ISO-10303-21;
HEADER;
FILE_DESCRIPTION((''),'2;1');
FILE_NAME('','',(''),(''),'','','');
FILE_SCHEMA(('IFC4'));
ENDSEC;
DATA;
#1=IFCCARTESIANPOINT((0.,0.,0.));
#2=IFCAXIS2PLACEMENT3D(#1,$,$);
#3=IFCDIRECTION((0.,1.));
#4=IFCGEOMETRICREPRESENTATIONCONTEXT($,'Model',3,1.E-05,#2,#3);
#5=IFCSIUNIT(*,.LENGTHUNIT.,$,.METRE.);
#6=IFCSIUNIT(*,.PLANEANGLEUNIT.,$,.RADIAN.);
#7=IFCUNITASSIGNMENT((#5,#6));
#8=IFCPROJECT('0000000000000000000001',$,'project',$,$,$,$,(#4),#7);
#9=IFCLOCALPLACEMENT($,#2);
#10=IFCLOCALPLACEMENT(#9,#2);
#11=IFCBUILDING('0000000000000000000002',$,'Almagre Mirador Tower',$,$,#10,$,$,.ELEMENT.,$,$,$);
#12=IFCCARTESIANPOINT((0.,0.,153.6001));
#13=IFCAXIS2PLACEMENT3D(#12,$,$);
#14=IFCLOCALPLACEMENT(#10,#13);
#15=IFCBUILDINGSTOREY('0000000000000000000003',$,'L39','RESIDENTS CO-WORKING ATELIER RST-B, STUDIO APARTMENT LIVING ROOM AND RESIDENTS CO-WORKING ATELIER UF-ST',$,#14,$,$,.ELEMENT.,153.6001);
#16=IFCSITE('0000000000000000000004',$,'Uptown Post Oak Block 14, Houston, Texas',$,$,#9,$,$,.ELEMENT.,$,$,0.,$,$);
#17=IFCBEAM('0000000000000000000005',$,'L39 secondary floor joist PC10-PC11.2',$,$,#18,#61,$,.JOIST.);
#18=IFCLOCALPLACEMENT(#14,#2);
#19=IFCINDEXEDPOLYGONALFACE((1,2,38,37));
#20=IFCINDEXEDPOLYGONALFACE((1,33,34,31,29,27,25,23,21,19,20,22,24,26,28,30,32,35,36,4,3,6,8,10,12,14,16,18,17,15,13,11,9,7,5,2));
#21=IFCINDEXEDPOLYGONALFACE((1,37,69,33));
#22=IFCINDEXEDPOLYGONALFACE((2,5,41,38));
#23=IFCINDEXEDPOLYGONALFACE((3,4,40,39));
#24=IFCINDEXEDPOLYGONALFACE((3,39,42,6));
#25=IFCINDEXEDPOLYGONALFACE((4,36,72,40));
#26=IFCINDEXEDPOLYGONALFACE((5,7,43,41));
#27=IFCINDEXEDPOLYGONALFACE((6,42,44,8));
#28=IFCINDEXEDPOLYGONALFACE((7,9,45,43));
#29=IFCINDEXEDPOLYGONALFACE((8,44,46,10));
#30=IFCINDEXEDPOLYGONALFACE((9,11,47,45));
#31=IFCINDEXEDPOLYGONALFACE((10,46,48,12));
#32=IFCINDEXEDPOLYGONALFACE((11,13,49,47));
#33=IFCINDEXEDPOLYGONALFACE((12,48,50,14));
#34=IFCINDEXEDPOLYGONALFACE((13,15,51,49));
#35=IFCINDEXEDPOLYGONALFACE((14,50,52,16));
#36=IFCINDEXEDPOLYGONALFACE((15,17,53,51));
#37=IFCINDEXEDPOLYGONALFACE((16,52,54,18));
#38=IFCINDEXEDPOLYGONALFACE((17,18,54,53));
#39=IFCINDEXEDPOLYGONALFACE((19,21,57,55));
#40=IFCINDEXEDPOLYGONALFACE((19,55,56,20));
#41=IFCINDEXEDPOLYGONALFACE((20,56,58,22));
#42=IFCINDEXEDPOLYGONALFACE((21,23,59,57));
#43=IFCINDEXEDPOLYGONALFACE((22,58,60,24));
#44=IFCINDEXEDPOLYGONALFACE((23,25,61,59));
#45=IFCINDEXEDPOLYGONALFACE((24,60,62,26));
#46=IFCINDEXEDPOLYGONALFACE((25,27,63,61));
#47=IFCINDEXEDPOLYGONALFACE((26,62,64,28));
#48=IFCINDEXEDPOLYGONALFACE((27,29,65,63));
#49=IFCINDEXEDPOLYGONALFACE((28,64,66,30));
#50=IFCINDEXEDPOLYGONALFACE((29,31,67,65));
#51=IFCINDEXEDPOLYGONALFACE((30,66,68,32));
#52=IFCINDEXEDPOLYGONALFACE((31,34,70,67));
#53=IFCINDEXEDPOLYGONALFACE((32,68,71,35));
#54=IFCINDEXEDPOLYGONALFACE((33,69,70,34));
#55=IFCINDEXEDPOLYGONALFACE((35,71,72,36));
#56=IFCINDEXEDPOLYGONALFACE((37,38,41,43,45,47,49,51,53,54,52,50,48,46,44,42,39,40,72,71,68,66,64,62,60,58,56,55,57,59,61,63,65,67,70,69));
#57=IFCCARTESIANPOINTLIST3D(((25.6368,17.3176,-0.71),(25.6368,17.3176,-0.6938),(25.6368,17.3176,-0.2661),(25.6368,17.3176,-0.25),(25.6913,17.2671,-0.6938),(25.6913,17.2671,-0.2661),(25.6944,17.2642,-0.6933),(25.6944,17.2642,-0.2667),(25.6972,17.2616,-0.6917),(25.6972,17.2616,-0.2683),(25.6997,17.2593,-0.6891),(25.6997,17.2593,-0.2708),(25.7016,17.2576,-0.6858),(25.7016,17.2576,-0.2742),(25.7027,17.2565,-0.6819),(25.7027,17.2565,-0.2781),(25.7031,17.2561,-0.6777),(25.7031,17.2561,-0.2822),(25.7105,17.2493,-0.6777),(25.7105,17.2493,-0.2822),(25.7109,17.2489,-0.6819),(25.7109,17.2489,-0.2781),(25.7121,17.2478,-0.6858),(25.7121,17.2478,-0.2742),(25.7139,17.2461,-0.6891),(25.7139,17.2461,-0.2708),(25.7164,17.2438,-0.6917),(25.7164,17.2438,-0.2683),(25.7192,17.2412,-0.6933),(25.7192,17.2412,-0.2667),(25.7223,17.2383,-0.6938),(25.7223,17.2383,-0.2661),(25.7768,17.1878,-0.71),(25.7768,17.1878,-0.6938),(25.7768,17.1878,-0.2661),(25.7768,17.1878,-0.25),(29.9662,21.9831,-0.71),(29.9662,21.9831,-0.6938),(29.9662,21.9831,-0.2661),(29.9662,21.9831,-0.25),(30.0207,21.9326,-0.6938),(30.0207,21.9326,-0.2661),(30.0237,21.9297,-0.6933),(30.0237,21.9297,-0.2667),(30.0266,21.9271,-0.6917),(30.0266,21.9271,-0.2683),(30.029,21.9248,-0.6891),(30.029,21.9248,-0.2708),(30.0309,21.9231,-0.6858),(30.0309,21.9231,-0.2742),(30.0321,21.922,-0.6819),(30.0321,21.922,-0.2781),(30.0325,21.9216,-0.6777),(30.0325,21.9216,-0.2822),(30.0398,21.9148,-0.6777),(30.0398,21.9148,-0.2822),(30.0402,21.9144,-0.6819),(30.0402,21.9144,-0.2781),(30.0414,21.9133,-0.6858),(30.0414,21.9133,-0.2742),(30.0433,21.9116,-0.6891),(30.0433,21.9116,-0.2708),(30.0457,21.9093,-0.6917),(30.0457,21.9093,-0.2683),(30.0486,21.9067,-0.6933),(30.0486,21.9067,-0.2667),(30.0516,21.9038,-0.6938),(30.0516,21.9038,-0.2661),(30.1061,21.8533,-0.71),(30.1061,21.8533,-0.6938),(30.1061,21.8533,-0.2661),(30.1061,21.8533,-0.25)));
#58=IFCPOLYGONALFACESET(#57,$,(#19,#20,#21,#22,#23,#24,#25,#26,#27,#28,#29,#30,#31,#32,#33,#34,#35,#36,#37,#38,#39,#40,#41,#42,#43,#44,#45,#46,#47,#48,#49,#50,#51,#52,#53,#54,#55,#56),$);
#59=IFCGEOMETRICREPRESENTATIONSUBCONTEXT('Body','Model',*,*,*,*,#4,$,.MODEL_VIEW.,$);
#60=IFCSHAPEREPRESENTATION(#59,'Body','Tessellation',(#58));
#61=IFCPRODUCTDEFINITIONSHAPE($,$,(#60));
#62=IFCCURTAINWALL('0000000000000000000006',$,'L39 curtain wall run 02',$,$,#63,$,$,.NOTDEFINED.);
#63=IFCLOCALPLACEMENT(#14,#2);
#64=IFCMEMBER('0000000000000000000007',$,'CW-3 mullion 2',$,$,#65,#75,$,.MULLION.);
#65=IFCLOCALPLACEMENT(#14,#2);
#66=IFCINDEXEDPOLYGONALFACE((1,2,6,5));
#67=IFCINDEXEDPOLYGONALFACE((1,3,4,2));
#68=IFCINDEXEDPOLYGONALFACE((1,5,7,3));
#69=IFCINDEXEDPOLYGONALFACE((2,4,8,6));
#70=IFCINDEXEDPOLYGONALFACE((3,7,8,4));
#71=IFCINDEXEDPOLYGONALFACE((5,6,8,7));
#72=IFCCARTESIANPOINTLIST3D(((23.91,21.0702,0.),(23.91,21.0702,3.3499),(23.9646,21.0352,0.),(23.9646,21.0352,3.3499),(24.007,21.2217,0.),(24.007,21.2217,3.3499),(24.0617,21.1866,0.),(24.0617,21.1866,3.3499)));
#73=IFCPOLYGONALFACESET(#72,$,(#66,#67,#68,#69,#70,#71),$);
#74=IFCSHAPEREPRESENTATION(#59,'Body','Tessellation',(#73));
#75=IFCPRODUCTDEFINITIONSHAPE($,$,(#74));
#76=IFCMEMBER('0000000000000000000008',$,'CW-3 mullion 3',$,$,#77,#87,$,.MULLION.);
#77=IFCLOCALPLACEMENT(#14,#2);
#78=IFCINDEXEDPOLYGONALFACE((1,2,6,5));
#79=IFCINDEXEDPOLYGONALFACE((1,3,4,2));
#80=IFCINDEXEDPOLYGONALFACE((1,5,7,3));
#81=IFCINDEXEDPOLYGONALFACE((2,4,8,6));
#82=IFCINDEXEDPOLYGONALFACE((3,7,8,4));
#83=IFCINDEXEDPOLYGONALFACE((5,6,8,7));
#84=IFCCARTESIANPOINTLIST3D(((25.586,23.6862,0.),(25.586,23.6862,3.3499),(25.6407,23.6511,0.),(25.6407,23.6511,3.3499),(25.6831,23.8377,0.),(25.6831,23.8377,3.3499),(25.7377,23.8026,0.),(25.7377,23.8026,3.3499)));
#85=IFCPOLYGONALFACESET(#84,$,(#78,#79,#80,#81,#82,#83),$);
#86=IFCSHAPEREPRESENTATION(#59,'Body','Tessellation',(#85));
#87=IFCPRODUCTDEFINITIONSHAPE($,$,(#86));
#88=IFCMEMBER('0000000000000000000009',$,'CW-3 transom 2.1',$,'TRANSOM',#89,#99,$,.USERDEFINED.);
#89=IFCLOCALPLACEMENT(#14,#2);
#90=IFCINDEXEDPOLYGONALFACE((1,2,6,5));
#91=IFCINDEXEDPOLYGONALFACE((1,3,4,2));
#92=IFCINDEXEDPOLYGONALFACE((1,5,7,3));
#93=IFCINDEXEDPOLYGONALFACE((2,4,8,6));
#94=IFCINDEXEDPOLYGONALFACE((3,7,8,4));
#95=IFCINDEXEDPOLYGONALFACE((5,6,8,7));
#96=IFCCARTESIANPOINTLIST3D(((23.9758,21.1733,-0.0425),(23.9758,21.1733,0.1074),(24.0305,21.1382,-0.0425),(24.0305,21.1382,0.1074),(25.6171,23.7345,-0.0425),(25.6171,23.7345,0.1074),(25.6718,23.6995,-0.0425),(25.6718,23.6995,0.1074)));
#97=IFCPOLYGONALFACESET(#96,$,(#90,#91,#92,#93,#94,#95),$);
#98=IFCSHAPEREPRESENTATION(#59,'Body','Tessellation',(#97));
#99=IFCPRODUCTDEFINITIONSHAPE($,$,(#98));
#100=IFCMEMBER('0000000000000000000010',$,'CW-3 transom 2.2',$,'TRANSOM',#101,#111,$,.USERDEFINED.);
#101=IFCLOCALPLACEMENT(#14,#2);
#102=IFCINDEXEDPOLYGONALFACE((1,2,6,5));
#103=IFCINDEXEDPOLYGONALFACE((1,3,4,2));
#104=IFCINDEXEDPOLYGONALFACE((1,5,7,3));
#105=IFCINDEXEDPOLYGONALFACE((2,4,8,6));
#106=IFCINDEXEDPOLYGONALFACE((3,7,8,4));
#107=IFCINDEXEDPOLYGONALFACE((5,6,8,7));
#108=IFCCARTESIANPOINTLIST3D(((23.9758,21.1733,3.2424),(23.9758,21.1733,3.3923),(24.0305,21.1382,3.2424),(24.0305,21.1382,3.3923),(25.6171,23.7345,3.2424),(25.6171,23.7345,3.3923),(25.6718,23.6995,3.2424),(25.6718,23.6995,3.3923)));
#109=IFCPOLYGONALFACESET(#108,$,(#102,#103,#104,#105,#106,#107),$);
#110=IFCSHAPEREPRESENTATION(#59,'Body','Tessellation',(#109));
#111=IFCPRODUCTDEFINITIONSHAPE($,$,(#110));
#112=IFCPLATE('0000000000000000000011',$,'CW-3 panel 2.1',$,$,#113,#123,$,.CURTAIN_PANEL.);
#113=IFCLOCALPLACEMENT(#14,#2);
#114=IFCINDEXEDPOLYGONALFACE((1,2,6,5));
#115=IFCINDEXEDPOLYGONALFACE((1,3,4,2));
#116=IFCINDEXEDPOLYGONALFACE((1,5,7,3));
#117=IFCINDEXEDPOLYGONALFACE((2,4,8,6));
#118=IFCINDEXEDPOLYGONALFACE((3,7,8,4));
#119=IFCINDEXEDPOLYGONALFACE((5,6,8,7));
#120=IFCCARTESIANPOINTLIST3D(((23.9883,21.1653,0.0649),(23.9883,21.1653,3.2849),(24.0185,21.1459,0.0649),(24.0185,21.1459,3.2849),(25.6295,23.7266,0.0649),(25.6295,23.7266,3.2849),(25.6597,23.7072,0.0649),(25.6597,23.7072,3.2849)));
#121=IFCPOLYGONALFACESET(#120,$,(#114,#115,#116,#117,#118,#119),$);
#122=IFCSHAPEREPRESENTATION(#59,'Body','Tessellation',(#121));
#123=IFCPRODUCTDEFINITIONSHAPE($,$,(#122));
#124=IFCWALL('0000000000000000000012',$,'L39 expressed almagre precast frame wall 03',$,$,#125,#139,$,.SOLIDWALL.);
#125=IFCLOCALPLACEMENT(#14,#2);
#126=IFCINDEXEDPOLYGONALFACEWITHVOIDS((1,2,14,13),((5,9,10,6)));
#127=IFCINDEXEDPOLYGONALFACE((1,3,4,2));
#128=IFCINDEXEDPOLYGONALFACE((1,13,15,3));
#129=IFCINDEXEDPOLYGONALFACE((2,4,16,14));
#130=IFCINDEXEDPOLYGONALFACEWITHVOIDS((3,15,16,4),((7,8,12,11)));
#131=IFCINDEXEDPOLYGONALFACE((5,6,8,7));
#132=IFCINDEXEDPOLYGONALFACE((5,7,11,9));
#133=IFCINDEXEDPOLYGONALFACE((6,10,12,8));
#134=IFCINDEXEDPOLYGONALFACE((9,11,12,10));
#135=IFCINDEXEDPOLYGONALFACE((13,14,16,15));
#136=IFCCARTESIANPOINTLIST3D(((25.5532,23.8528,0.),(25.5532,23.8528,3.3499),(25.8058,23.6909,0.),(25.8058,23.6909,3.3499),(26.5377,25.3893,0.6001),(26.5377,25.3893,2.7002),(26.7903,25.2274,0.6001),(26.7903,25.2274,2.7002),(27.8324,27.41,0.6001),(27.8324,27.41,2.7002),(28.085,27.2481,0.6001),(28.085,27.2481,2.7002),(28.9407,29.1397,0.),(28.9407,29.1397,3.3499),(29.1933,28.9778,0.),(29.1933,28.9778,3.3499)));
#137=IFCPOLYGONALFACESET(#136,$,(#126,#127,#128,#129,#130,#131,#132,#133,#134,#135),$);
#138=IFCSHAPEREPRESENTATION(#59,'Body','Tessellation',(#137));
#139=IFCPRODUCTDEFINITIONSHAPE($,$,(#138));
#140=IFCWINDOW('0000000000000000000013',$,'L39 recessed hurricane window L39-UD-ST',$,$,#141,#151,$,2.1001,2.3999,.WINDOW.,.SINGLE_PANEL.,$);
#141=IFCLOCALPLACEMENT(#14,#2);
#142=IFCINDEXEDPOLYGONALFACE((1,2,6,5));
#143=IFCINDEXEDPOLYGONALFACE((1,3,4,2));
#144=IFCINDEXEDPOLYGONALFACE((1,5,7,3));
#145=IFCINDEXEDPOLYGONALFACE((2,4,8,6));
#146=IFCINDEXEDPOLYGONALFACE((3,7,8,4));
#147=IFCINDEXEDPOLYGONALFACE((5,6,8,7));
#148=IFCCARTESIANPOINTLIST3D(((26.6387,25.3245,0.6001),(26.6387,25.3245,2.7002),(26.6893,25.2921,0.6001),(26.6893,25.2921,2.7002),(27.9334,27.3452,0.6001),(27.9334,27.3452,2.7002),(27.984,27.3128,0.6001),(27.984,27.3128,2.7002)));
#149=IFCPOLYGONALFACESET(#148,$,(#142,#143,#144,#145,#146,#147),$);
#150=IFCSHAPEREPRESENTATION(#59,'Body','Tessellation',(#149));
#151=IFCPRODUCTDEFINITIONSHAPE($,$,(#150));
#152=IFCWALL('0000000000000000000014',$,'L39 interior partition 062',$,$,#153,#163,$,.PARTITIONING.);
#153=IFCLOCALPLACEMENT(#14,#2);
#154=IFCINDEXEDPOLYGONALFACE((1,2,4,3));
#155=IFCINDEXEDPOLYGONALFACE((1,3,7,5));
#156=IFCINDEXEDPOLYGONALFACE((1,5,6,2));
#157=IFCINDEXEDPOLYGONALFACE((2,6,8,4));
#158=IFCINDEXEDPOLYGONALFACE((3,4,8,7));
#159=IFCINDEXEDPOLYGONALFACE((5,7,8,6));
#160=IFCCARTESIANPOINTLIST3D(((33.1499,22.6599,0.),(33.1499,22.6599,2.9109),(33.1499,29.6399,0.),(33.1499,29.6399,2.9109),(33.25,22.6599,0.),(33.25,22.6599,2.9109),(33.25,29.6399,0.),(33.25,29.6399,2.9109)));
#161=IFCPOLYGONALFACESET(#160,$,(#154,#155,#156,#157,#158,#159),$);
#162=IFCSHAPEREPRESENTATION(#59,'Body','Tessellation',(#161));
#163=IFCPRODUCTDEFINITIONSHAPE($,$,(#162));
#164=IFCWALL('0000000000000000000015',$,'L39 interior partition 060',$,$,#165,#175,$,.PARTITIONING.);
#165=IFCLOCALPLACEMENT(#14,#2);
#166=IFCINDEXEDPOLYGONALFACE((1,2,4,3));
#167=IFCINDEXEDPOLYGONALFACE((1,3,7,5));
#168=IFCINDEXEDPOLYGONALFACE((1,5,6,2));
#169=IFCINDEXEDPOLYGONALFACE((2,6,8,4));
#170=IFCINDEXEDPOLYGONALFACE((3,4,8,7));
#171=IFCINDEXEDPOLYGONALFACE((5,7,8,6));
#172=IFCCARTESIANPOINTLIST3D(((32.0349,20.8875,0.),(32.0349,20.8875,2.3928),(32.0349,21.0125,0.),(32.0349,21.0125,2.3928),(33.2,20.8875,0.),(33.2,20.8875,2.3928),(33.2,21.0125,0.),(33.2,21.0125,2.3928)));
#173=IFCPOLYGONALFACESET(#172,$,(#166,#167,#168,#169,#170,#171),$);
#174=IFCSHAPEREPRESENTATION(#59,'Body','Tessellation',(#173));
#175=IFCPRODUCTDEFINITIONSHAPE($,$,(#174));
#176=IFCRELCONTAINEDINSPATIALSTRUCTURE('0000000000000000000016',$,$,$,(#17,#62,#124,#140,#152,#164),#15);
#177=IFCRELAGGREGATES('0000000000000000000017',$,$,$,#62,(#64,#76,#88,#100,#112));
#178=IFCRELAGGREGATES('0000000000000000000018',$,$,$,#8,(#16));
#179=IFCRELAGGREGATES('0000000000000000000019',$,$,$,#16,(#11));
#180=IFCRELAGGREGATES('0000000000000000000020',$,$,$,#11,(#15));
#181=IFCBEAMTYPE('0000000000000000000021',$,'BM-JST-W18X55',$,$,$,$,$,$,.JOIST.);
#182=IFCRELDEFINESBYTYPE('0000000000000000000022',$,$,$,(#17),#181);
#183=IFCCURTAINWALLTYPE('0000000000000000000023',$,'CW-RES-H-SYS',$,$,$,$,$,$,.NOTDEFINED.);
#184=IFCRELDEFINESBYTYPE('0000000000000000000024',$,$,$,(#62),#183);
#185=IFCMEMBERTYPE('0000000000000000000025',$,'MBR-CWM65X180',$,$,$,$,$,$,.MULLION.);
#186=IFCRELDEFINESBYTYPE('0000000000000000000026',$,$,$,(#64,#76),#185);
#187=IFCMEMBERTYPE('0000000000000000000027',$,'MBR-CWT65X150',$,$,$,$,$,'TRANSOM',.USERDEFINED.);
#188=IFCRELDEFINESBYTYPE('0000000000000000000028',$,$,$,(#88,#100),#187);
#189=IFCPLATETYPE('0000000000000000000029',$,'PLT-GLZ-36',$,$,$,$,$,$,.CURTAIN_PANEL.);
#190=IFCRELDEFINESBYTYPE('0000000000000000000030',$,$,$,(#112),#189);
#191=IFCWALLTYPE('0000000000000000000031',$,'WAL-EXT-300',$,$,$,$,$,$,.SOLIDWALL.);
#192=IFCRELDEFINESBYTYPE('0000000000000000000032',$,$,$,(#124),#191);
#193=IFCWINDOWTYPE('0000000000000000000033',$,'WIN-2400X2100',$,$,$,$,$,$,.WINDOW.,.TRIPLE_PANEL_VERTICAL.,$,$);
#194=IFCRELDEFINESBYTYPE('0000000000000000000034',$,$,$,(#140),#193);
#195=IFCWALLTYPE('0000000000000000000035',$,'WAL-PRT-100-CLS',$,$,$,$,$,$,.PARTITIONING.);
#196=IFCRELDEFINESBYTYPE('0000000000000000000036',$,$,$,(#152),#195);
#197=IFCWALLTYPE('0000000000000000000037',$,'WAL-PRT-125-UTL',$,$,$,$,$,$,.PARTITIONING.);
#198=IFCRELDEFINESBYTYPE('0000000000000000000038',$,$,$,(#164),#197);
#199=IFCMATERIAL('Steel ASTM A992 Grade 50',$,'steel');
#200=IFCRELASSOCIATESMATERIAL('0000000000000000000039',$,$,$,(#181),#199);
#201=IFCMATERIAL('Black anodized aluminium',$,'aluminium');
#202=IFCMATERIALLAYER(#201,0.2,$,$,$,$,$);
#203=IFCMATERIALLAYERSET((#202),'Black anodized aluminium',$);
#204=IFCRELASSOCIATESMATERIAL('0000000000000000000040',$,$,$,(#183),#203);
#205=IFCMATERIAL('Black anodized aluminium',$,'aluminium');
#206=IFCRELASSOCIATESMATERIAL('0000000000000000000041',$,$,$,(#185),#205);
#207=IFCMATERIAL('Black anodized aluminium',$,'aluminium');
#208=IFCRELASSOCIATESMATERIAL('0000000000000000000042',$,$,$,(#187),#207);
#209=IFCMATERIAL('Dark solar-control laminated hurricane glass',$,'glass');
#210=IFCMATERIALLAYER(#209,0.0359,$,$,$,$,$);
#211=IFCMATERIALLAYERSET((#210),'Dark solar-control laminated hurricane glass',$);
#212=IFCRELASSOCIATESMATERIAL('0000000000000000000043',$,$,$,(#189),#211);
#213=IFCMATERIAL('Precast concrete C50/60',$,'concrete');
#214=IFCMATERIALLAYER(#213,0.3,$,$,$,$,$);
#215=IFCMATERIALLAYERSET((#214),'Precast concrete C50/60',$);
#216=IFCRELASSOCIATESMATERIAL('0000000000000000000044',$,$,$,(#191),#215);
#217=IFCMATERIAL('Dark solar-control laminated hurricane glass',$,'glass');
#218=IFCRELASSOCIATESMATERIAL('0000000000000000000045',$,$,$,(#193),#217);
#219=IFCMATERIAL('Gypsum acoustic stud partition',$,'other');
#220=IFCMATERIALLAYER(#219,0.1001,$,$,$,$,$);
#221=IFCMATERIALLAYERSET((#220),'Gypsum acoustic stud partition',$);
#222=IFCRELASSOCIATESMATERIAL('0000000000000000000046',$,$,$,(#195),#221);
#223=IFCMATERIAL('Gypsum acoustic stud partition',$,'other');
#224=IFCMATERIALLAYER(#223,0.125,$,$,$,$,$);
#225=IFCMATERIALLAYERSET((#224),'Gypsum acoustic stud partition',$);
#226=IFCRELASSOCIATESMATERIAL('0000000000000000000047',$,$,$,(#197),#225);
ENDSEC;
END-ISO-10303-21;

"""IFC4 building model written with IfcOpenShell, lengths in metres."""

from ifc_helpers import new_model, si_unit, direction, frame, frame_2d, origin, origin_2d, place, context, subcontext, project, spatial, rectangle, i_section, extrude, material, layer, layer_set, material_profile, profile_set, type_object, element, fill, aggregate, save


model = new_model("IFC4")

# Units and contexts
model_context = context("Model", 3, precision=1e-05, world=origin(), true_north=direction((0.0, 1.0)))
body_context = subcontext(model_context, "Body", "Model", "MODEL_VIEW")
ifc_project = project(units=[si_unit("LENGTHUNIT", "METRE"), si_unit("PLANEANGLEUNIT", "RADIAN")], contexts=[model_context])

# Site, building, storey
site_placement = place(None, origin())
site = spatial("IfcSite", under=ifc_project, at=site_placement, Name="Uptown Post Oak Block 14, Houston, Texas", CompositionType="ELEMENT", RefElevation=0.0)
building_placement = place(site_placement, origin())
building = spatial("IfcBuilding", under=site, at=building_placement, Name="Almagre Mirador Tower", CompositionType="ELEMENT")
storey_placement = place(building_placement, frame((0.0, 0.0, 153.6001)))
storey = spatial("IfcBuildingStorey", under=building, at=storey_placement, Name="L39", Description="RESIDENTS CO-WORKING ATELIER RST-B, STUDIO APARTMENT LIVING ROOM AND RESIDENTS CO-WORKING ATELIER UF-ST", CompositionType="ELEMENT", Elevation=153.6001)

# Beam
ifc_material_1 = material(Name="Steel ASTM A992 Grade 50", Category="steel")
ifc_material_profile_1 = material_profile(ifc_material_1, i_section(OverallWidth=0.1909, OverallDepth=0.46, WebThickness=0.01, FlangeThickness=0.0161, FilletRadius=0.0161, at=origin_2d()), Name="W18X55")
ifc_profile_set_1 = profile_set([ifc_material_profile_1], Name="Steel ASTM A992 Grade 50")
beam_type = type_object("IfcBeamType", Name="BM-JST-W18X55", PredefinedType="JOIST", material=ifc_profile_set_1)
beam_placement = place(storey_placement, frame((30.0361, 21.9182, -0.48), z_axis=(-0.680204, -0.733023, 0.0), x_axis=(0.733023, -0.680204, 0.0)))
element("IfcBeam", 1, at=beam_placement, inside=storey, type_object=beam_type, Name="L39 secondary floor joist PC10-PC11.2", PredefinedType="JOIST", context=body_context, shape_type="SweptSolid", body=[
    extrude(i_section(OverallWidth=0.1909, OverallDepth=0.46, WebThickness=0.01, FlangeThickness=0.0161, FilletRadius=0.0161, at=origin_2d()), origin(), (0.0, 0.0, 1.0), 6.3647),
])

# Curtain wall, members, plate
ifc_material_2 = material(Name="Black anodized aluminium", Category="aluminium")
ifc_layer_1 = layer(ifc_material_2, 0.2)
ifc_layer_set_1 = layer_set([ifc_layer_1], Name="Black anodized aluminium")
curtain_wall_type = type_object("IfcCurtainWallType", Name="CW-RES-H-SYS", PredefinedType="NOTDEFINED", material=ifc_layer_set_1)
curtain_wall_placement = place(storey_placement, origin())
curtain_wall = element("IfcCurtainWall", 2, at=curtain_wall_placement, inside=storey, type_object=curtain_wall_type, Name="L39 curtain wall run 02", PredefinedType="NOTDEFINED")
ifc_material_3 = material(Name="Black anodized aluminium", Category="aluminium")
ifc_material_profile_2 = material_profile(ifc_material_3, rectangle(XDim=0.0649, YDim=0.1799, at=origin_2d()), Name="CWM65X180")
ifc_profile_set_2 = profile_set([ifc_material_profile_2], Name="Black anodized aluminium")
member_type_1 = type_object("IfcMemberType", Name="MBR-CWM65X180", PredefinedType="MULLION", material=ifc_profile_set_2)
member_1_placement = place(storey_placement, frame((23.9858, 21.1284, 0.0), z_axis=(0.0, 0.0, 1.0), x_axis=(-0.841981, 0.539507, 0.0)))
member_1 = element("IfcMember", 3, at=member_1_placement, type_object=member_type_1, Name="CW-3 mullion 2", PredefinedType="MULLION", context=body_context, shape_type="SweptSolid", body=[
    extrude(rectangle(XDim=0.0649, YDim=0.1799, at=origin_2d()), origin(), (0.0, 0.0, 1.0), 3.3499),
])
member_2_placement = place(storey_placement, frame((25.6619, 23.7444, 0.0), z_axis=(0.0, 0.0, 1.0), x_axis=(-0.841981, 0.539507, 0.0)))
member_2 = element("IfcMember", 4, at=member_2_placement, type_object=member_type_1, Name="CW-3 mullion 3", PredefinedType="MULLION", context=body_context, shape_type="SweptSolid", body=[
    extrude(rectangle(XDim=0.0649, YDim=0.1799, at=origin_2d()), origin(), (0.0, 0.0, 1.0), 3.3499),
])
ifc_material_4 = material(Name="Black anodized aluminium", Category="aluminium")
ifc_material_profile_3 = material_profile(ifc_material_4, rectangle(XDim=0.0649, YDim=0.1499, at=origin_2d()), Name="CWT65X150")
ifc_profile_set_3 = profile_set([ifc_material_profile_3], Name="Black anodized aluminium")
member_type_2 = type_object("IfcMemberType", Name="MBR-CWT65X150", ElementType="TRANSOM", PredefinedType="USERDEFINED", material=ifc_profile_set_3)
member_3_placement = place(storey_placement, frame((24.0032, 21.1558, 0.0325), z_axis=(0.539552, 0.841952, 0.0), x_axis=(-0.841952, 0.539552, 0.0)))
member_3 = element("IfcMember", 5, at=member_3_placement, type_object=member_type_2, Name="CW-3 transom 2.1", ObjectType="TRANSOM", PredefinedType="USERDEFINED", context=body_context, shape_type="SweptSolid", body=[
    extrude(rectangle(XDim=0.0649, YDim=0.1499, at=origin_2d()), origin(), (0.0, 0.0, 1.0), 3.042),
])
member_4_placement = place(storey_placement, frame((24.0032, 21.1558, 3.3174), z_axis=(0.539552, 0.841952, 0.0), x_axis=(-0.841952, 0.539552, 0.0)))
member_4 = element("IfcMember", 6, at=member_4_placement, type_object=member_type_2, Name="CW-3 transom 2.2", ObjectType="TRANSOM", PredefinedType="USERDEFINED", context=body_context, shape_type="SweptSolid", body=[
    extrude(rectangle(XDim=0.0649, YDim=0.1499, at=origin_2d()), origin(), (0.0, 0.0, 1.0), 3.042),
])
ifc_material_5 = material(Name="Dark solar-control laminated hurricane glass", Category="glass")
ifc_layer_2 = layer(ifc_material_5, 0.0359)
ifc_layer_set_2 = layer_set([ifc_layer_2], Name="Dark solar-control laminated hurricane glass")
plate_type = type_object("IfcPlateType", Name="PLT-GLZ-36", PredefinedType="CURTAIN_PANEL", material=ifc_layer_set_2)
plate_placement = place(storey_placement, frame((24.824, 22.4363, 0.0649), z_axis=(0.0, 0.0, 1.0), x_axis=(0.539507, 0.841981, 0.0)))
plate = element("IfcPlate", 7, at=plate_placement, type_object=plate_type, Name="CW-3 panel 2.1", PredefinedType="CURTAIN_PANEL", context=body_context, shape_type="SweptSolid", body=[
    extrude(rectangle(XDim=3.042, YDim=0.0359, at=origin_2d()), origin(), (0.0, 0.0, 1.0), 3.22),
])
aggregate(curtain_wall, [member_1, member_2, member_3, member_4, plate])

# Wall, opening, window
ifc_material_6 = material(Name="Precast concrete C50/60", Category="concrete")
ifc_layer_3 = layer(ifc_material_6, 0.3)
ifc_layer_set_3 = layer_set([ifc_layer_3], Name="Precast concrete C50/60")
wall_type_1 = type_object("IfcWallType", Name="WAL-EXT-300", PredefinedType="SOLIDWALL", material=ifc_layer_set_3)
wall_1_placement = place(storey_placement, frame((25.6794, 23.7717, 0.0), z_axis=(0.0, 0.0, 1.0), x_axis=(0.539489, 0.841992, 0.0)))
wall_1 = element("IfcWall", 8, at=wall_1_placement, inside=storey, type_object=wall_type_1, Name="L39 expressed almagre precast frame wall 03", PredefinedType="SOLIDWALL", context=body_context, shape_type="SweptSolid", body=[
    extrude(rectangle(XDim=6.2791, YDim=0.3, at=frame_2d((3.1396, 0.0))), origin(), (0.0, 0.0, 1.0), 3.3499),
])
opening_1_placement = place(wall_1_placement, frame((1.825, 0.0, 0.6001)))
opening_1 = element("IfcOpeningElement", 9, at=opening_1_placement, cuts=wall_1, PredefinedType="OPENING", context=body_context, shape_type="SweptSolid", body=[
    extrude(rectangle(XDim=2.3999, YDim=2.1001, at=frame_2d((1.2, 1.05))), frame((0.0, 0.1599, 0.0), z_axis=(0.0, -1.0, 0.0), x_axis=(1.0, 0.0, 0.0)), (0.0, 0.0, 1.0), 0.32),
])
ifc_material_7 = material(Name="Dark solar-control laminated hurricane glass", Category="glass")
window_type = type_object("IfcWindowType", Name="WIN-2400X2100", PartitioningType="TRIPLE_PANEL_VERTICAL", PredefinedType="WINDOW", material=ifc_material_7)
window_placement = place(opening_1_placement, origin())
window = element("IfcWindow", 10, at=window_placement, inside=storey, type_object=window_type, Name="L39 recessed hurricane window L39-UD-ST", OverallHeight=2.1001, OverallWidth=2.3999, PartitioningType="SINGLE_PANEL", PredefinedType="WINDOW", context=body_context, shape_type="SweptSolid", body=[
    extrude(rectangle(XDim=2.3999, YDim=2.1001, at=frame_2d((1.2, 1.05))), frame((0.0, 0.03, 0.0), z_axis=(0.0, -1.0, 0.0), x_axis=(1.0, 0.0, 0.0)), (0.0, 0.0, 1.0), 0.0601),
])
fill(opening_1, window)

# Walls
ifc_material_8 = material(Name="Gypsum acoustic stud partition", Category="other")
ifc_layer_4 = layer(ifc_material_8, 0.1001)
ifc_layer_set_4 = layer_set([ifc_layer_4], Name="Gypsum acoustic stud partition")
wall_type_2 = type_object("IfcWallType", Name="WAL-PRT-100-CLS", PredefinedType="PARTITIONING", material=ifc_layer_set_4)
wall_2_placement = place(storey_placement, frame((33.2, 22.6599, 0.0), z_axis=(0.0, 0.0, 1.0), x_axis=(0.0, 1.0, 0.0)))
element("IfcWall", 11, at=wall_2_placement, inside=storey, type_object=wall_type_2, Name="L39 interior partition 062", PredefinedType="PARTITIONING", context=body_context, shape_type="SweptSolid", body=[
    extrude(rectangle(XDim=6.98, YDim=0.1001, at=frame_2d((3.49, 0.0))), origin(), (0.0, 0.0, 1.0), 2.9109),
])
ifc_material_9 = material(Name="Gypsum acoustic stud partition", Category="other")
ifc_layer_5 = layer(ifc_material_9, 0.125)
ifc_layer_set_5 = layer_set([ifc_layer_5], Name="Gypsum acoustic stud partition")
wall_type_3 = type_object("IfcWallType", Name="WAL-PRT-125-UTL", PredefinedType="PARTITIONING", material=ifc_layer_set_5)
wall_3_placement = place(storey_placement, frame((32.0349, 20.95, 0.0), z_axis=(0.0, 0.0, 1.0), x_axis=(1.0, 0.0, 0.0)))
element("IfcWall", 12, at=wall_3_placement, inside=storey, type_object=wall_type_3, Name="L39 interior partition 060", PredefinedType="PARTITIONING", context=body_context, shape_type="SweptSolid", body=[
    extrude(rectangle(XDim=1.165, YDim=0.125, at=frame_2d((0.5825, 0.0))), origin(), (0.0, 0.0, 1.0), 2.3928),
])

save(model, "model.ifc")
